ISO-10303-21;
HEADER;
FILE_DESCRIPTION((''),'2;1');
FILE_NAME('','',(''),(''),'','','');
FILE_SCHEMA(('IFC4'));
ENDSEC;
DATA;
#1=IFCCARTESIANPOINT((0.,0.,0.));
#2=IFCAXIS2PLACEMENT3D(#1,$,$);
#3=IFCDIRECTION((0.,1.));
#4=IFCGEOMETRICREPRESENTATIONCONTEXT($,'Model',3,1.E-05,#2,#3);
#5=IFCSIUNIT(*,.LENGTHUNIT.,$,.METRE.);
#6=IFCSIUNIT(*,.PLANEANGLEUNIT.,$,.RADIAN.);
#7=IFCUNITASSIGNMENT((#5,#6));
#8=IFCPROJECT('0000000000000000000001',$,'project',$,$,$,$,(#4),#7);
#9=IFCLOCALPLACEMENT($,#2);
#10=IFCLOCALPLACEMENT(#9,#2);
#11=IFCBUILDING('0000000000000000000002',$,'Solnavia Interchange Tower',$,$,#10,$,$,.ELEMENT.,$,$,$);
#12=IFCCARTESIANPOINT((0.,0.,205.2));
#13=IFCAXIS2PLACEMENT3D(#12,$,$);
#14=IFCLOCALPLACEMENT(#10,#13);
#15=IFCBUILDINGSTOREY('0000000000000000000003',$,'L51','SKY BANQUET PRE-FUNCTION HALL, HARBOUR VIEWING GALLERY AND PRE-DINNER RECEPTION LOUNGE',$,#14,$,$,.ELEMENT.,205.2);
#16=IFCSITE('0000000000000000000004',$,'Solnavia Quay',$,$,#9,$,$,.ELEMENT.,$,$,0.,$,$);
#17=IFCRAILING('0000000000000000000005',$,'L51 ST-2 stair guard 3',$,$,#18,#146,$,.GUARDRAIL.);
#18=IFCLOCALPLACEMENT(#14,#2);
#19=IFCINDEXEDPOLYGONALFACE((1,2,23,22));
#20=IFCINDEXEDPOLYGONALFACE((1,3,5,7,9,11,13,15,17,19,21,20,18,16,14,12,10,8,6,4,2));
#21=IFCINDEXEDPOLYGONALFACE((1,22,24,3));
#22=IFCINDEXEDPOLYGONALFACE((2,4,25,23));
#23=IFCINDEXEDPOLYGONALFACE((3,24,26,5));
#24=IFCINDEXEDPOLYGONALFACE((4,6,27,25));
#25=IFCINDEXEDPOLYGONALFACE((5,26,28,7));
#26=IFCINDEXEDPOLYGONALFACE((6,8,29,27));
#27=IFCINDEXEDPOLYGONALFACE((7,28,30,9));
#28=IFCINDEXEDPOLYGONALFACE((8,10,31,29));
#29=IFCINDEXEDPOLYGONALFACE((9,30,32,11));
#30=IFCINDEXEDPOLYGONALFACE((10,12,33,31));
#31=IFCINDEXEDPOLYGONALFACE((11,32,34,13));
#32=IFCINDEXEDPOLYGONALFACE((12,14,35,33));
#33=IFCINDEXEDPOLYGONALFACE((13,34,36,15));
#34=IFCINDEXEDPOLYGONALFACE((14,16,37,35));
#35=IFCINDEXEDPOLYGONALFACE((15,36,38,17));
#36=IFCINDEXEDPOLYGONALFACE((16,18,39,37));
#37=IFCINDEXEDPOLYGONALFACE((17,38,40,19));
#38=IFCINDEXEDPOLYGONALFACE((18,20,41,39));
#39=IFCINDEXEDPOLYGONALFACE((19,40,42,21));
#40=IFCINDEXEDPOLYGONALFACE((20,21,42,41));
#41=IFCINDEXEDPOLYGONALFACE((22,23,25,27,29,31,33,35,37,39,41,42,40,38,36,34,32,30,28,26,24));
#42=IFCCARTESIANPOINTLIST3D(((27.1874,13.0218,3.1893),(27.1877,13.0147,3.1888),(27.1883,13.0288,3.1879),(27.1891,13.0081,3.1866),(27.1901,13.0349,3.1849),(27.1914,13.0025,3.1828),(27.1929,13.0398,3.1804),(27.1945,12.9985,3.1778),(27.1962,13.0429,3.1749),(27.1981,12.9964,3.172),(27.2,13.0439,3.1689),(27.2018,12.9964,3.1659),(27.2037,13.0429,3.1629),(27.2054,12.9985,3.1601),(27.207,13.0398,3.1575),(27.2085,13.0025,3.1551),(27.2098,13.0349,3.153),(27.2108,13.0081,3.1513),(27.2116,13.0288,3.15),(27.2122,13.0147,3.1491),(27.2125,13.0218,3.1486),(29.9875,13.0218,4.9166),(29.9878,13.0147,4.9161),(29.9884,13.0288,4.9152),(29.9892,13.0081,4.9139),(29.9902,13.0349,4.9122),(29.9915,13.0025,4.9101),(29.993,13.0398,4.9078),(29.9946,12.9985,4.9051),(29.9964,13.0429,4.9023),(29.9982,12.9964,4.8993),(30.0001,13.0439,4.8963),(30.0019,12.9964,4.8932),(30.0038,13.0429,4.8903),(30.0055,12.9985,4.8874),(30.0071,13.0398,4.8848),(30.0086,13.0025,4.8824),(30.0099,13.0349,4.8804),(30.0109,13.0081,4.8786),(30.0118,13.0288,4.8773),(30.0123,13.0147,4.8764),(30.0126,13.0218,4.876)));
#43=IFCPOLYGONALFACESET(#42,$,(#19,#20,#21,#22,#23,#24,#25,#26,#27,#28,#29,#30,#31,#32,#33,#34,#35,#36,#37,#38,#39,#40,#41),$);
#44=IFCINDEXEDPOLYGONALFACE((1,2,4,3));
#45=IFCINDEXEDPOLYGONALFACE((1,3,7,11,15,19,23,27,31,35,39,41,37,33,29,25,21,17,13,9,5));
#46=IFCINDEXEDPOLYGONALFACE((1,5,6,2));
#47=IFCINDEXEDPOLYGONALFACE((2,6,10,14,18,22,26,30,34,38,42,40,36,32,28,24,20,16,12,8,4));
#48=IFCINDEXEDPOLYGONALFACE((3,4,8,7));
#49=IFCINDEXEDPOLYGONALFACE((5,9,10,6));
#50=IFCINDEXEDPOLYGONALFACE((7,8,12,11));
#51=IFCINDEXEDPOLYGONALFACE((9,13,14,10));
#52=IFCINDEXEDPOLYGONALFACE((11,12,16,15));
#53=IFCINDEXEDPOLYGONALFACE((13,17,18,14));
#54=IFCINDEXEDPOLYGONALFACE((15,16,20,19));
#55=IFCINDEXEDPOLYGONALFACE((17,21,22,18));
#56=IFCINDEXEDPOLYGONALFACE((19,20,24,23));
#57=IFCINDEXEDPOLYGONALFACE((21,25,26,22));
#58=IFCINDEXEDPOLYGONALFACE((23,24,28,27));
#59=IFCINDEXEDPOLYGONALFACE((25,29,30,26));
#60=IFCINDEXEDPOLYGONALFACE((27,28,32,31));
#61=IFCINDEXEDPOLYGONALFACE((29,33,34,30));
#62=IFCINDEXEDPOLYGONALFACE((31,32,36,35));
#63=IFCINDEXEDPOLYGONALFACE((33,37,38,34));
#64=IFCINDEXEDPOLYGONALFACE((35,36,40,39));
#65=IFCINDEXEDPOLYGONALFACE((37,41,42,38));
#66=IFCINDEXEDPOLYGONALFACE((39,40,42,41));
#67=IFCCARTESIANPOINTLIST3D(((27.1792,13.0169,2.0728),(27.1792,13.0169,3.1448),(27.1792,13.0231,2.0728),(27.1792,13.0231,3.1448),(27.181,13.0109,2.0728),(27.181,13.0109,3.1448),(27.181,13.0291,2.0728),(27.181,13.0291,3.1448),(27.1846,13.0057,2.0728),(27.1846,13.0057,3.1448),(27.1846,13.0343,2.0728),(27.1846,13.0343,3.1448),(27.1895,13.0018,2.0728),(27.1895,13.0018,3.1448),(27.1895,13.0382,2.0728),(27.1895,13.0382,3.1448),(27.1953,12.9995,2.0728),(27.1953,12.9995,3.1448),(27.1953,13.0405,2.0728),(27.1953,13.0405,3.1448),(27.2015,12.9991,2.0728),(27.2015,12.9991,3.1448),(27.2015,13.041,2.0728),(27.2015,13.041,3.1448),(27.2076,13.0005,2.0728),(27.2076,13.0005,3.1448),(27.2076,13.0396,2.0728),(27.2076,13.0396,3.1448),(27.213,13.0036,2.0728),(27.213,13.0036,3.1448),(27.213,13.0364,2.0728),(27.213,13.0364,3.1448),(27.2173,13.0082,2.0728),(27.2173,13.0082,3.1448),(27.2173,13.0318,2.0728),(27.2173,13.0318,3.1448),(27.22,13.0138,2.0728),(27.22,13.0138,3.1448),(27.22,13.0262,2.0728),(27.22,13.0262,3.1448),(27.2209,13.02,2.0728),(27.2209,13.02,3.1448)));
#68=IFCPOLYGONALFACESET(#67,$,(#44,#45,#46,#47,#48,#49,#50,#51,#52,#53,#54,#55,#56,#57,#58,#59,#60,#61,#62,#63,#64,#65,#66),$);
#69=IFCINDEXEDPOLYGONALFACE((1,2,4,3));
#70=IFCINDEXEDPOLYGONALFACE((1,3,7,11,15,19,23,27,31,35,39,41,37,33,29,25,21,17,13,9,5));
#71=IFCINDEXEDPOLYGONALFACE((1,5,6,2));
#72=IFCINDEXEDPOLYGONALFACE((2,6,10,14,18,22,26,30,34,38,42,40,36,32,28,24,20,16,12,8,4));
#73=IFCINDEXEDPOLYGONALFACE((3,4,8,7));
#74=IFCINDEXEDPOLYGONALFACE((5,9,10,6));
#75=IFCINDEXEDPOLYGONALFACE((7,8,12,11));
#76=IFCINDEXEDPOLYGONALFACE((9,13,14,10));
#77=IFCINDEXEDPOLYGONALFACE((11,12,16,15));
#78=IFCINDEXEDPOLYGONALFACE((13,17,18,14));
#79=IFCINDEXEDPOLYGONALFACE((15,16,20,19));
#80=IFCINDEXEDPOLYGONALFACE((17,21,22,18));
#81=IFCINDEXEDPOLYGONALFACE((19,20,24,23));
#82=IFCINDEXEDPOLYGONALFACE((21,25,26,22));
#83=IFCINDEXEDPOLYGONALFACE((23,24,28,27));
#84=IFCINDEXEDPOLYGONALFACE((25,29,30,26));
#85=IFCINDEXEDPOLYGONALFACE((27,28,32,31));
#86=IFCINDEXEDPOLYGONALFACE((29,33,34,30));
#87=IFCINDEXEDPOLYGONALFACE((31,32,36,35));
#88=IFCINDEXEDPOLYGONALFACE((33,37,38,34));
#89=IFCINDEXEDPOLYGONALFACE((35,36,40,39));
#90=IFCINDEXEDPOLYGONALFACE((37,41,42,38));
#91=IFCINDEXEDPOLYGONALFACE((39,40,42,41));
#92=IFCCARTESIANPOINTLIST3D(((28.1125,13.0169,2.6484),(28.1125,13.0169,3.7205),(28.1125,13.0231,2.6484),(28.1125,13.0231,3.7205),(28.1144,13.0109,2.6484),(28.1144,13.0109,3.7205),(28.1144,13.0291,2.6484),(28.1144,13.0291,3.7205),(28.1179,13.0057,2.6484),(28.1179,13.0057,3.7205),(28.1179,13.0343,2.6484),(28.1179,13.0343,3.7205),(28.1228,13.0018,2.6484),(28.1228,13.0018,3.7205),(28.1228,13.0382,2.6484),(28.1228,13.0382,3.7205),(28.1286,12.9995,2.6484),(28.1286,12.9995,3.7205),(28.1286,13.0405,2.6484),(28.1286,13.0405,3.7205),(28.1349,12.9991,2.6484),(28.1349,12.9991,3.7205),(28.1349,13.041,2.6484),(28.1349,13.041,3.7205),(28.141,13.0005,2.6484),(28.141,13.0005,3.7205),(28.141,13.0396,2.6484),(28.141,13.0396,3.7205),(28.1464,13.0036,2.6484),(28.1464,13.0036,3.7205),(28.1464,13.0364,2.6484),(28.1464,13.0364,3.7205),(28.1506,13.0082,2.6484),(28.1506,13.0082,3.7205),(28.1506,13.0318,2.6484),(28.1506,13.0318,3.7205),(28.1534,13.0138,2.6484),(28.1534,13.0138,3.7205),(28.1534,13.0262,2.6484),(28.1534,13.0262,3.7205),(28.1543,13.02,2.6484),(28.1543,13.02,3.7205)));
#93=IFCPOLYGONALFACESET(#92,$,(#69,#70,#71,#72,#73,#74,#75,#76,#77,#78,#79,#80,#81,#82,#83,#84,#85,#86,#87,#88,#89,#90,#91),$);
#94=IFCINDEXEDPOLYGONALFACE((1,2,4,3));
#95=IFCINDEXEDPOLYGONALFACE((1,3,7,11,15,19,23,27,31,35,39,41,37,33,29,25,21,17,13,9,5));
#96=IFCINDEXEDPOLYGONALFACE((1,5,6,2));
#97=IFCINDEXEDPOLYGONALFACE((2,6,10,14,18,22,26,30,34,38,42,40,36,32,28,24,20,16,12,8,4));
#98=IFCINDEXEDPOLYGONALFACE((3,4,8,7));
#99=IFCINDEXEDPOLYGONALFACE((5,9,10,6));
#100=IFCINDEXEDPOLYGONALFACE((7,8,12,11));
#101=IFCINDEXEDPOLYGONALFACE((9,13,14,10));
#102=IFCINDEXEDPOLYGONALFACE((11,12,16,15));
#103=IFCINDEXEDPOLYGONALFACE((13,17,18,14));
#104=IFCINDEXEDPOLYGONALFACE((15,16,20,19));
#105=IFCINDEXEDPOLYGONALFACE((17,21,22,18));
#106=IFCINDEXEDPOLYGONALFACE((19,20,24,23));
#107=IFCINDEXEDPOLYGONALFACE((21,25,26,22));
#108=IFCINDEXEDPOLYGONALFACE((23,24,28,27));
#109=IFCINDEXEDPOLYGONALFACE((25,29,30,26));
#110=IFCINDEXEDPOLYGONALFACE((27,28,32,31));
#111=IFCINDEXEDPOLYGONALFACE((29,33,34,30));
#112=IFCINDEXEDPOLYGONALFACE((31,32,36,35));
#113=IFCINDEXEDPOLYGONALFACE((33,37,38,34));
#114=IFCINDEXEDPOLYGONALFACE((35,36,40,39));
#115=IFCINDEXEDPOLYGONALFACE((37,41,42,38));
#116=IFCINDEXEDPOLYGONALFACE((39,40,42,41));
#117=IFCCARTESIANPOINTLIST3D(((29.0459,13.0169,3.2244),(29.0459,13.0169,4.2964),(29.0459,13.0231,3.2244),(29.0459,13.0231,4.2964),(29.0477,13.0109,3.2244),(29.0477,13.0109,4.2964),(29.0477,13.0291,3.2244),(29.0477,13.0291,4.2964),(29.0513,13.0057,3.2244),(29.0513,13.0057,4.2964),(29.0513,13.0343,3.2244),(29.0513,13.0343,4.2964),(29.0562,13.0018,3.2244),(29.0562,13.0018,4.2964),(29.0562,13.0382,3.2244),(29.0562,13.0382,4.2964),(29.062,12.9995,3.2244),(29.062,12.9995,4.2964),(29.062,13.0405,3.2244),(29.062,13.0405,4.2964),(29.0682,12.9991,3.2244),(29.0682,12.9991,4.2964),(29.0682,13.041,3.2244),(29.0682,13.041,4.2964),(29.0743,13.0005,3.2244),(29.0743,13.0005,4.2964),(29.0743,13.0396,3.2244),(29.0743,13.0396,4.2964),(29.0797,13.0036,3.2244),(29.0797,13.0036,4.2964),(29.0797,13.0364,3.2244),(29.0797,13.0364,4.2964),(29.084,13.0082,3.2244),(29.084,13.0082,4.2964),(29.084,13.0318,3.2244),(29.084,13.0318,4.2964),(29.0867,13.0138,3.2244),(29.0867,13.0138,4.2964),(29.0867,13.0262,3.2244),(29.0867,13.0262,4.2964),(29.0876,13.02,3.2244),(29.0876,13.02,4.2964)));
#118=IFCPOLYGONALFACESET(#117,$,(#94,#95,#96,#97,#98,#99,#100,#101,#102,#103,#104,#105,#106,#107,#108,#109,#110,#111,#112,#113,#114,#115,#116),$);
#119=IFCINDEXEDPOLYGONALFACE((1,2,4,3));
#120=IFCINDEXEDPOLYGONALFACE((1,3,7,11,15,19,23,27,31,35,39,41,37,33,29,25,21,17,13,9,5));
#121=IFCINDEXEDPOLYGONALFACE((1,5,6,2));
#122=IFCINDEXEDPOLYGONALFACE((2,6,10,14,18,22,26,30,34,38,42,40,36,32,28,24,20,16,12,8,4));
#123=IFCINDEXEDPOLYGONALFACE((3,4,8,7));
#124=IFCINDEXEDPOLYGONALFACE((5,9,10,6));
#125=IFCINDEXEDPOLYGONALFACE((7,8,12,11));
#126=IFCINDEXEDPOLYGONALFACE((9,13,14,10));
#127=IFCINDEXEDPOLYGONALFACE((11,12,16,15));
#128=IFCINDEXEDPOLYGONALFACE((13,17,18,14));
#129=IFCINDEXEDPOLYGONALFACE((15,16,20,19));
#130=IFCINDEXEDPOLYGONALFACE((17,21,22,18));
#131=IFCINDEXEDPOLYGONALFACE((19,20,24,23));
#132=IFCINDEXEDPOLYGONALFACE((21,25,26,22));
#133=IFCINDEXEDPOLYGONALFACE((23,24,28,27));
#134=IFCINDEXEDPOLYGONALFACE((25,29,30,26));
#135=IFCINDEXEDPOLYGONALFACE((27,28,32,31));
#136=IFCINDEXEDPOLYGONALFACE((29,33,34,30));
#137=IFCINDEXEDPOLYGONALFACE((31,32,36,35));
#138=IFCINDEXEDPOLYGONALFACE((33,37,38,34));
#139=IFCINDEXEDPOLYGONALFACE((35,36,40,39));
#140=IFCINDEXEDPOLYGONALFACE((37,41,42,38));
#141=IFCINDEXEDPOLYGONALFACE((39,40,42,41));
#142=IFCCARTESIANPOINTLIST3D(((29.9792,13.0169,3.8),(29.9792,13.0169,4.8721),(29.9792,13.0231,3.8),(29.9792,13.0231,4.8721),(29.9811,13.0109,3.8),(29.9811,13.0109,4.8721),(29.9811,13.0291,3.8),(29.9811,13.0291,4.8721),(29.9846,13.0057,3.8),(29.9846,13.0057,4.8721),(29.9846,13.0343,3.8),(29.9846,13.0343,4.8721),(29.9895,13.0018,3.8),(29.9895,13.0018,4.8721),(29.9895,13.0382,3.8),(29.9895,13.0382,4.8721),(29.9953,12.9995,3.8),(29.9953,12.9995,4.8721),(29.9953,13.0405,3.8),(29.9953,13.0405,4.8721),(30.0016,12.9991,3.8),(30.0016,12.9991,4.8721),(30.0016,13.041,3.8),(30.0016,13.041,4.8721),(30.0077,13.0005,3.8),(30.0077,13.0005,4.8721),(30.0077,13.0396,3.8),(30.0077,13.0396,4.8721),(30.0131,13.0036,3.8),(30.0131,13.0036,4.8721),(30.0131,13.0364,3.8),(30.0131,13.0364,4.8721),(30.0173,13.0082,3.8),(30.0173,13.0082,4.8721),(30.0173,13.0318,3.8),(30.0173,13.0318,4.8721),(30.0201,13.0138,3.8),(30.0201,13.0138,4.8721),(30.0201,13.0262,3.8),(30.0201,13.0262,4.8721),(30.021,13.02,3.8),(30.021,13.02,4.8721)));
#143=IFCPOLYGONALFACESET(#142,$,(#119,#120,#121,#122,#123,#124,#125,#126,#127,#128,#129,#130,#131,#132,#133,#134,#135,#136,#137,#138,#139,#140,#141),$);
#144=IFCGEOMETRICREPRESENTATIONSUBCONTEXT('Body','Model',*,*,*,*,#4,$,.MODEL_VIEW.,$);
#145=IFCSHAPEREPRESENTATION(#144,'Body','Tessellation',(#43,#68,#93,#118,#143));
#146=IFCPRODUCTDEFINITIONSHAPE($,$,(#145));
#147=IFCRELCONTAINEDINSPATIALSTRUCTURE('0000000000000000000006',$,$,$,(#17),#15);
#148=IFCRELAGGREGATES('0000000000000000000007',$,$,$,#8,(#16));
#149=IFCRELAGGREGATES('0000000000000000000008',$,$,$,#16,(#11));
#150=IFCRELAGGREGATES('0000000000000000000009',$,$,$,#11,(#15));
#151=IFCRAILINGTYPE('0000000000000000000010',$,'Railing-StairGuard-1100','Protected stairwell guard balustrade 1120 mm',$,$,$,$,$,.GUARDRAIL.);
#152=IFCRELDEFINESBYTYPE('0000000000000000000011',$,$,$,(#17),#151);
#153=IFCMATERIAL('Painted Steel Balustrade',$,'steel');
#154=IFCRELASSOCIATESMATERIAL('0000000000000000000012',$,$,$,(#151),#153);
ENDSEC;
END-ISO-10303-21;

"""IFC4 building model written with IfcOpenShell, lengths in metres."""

from ifc_helpers import new_model, si_unit, direction, frame, origin, origin_2d, place, context, subcontext, project, spatial, circle, extrude, material, type_object, element, save


model = new_model("IFC4")

# Units and contexts
model_context = context("Model", 3, precision=1e-05, world=origin(), true_north=direction((0.0, 1.0)))
body_context = subcontext(model_context, "Body", "Model", "MODEL_VIEW")
ifc_project = project(units=[si_unit("LENGTHUNIT", "METRE"), si_unit("PLANEANGLEUNIT", "RADIAN")], contexts=[model_context])

# Site, building, storey
site_placement = place(None, origin())
site = spatial("IfcSite", under=ifc_project, at=site_placement, Name="Solnavia Quay", CompositionType="ELEMENT", RefElevation=0.0)
building_placement = place(site_placement, origin())
building = spatial("IfcBuilding", under=site, at=building_placement, Name="Solnavia Interchange Tower", CompositionType="ELEMENT")
storey_placement = place(building_placement, frame((0.0, 0.0, 205.2)))
storey = spatial("IfcBuildingStorey", under=building, at=storey_placement, Name="L51", Description="SKY BANQUET PRE-FUNCTION HALL, HARBOUR VIEWING GALLERY AND PRE-DINNER RECEPTION LOUNGE", CompositionType="ELEMENT", Elevation=205.2)

# Railing
ifc_material_1 = material(Name="Painted Steel Balustrade", Category="steel")
railing_type_1 = type_object("IfcRailingType", Name="Railing-StairGuard-1100", Description="Protected stairwell guard balustrade 1120 mm", PredefinedType="GUARDRAIL", material=ifc_material_1)
railing_1_placement = place(storey_placement, frame((27.2, 13.02, 2.0728)))
element("IfcRailing", 1, at=railing_1_placement, inside=storey, type_object=railing_type_1, Name="L51 ST-2 stair guard 3", PredefinedType="GUARDRAIL", context=body_context, shape_type="SweptSolid", body=[
    extrude(circle(Radius=0.0239, at=origin_2d()), frame((0.0, 0.0, 1.0962), z_axis=(0.85109, 0.0, 0.52502), x_axis=(0.0, 1.0, 0.0)), (0.0, 0.0, 1.0), 3.29),
    extrude(circle(Radius=0.021, at=origin_2d()), origin(), (0.0, 0.0, 1.0), 1.072),
    extrude(circle(Radius=0.021, at=origin_2d()), frame((0.9333, 0.0, 0.5757)), (0.0, 0.0, 1.0), 1.072),
    extrude(circle(Radius=0.021, at=origin_2d()), frame((1.8667, 0.0, 1.1516)), (0.0, 0.0, 1.0), 1.072),
    extrude(circle(Radius=0.021, at=origin_2d()), frame((2.8, 0.0, 1.7273)), (0.0, 0.0, 1.0), 1.072),
])

save(model, "model.ifc")
